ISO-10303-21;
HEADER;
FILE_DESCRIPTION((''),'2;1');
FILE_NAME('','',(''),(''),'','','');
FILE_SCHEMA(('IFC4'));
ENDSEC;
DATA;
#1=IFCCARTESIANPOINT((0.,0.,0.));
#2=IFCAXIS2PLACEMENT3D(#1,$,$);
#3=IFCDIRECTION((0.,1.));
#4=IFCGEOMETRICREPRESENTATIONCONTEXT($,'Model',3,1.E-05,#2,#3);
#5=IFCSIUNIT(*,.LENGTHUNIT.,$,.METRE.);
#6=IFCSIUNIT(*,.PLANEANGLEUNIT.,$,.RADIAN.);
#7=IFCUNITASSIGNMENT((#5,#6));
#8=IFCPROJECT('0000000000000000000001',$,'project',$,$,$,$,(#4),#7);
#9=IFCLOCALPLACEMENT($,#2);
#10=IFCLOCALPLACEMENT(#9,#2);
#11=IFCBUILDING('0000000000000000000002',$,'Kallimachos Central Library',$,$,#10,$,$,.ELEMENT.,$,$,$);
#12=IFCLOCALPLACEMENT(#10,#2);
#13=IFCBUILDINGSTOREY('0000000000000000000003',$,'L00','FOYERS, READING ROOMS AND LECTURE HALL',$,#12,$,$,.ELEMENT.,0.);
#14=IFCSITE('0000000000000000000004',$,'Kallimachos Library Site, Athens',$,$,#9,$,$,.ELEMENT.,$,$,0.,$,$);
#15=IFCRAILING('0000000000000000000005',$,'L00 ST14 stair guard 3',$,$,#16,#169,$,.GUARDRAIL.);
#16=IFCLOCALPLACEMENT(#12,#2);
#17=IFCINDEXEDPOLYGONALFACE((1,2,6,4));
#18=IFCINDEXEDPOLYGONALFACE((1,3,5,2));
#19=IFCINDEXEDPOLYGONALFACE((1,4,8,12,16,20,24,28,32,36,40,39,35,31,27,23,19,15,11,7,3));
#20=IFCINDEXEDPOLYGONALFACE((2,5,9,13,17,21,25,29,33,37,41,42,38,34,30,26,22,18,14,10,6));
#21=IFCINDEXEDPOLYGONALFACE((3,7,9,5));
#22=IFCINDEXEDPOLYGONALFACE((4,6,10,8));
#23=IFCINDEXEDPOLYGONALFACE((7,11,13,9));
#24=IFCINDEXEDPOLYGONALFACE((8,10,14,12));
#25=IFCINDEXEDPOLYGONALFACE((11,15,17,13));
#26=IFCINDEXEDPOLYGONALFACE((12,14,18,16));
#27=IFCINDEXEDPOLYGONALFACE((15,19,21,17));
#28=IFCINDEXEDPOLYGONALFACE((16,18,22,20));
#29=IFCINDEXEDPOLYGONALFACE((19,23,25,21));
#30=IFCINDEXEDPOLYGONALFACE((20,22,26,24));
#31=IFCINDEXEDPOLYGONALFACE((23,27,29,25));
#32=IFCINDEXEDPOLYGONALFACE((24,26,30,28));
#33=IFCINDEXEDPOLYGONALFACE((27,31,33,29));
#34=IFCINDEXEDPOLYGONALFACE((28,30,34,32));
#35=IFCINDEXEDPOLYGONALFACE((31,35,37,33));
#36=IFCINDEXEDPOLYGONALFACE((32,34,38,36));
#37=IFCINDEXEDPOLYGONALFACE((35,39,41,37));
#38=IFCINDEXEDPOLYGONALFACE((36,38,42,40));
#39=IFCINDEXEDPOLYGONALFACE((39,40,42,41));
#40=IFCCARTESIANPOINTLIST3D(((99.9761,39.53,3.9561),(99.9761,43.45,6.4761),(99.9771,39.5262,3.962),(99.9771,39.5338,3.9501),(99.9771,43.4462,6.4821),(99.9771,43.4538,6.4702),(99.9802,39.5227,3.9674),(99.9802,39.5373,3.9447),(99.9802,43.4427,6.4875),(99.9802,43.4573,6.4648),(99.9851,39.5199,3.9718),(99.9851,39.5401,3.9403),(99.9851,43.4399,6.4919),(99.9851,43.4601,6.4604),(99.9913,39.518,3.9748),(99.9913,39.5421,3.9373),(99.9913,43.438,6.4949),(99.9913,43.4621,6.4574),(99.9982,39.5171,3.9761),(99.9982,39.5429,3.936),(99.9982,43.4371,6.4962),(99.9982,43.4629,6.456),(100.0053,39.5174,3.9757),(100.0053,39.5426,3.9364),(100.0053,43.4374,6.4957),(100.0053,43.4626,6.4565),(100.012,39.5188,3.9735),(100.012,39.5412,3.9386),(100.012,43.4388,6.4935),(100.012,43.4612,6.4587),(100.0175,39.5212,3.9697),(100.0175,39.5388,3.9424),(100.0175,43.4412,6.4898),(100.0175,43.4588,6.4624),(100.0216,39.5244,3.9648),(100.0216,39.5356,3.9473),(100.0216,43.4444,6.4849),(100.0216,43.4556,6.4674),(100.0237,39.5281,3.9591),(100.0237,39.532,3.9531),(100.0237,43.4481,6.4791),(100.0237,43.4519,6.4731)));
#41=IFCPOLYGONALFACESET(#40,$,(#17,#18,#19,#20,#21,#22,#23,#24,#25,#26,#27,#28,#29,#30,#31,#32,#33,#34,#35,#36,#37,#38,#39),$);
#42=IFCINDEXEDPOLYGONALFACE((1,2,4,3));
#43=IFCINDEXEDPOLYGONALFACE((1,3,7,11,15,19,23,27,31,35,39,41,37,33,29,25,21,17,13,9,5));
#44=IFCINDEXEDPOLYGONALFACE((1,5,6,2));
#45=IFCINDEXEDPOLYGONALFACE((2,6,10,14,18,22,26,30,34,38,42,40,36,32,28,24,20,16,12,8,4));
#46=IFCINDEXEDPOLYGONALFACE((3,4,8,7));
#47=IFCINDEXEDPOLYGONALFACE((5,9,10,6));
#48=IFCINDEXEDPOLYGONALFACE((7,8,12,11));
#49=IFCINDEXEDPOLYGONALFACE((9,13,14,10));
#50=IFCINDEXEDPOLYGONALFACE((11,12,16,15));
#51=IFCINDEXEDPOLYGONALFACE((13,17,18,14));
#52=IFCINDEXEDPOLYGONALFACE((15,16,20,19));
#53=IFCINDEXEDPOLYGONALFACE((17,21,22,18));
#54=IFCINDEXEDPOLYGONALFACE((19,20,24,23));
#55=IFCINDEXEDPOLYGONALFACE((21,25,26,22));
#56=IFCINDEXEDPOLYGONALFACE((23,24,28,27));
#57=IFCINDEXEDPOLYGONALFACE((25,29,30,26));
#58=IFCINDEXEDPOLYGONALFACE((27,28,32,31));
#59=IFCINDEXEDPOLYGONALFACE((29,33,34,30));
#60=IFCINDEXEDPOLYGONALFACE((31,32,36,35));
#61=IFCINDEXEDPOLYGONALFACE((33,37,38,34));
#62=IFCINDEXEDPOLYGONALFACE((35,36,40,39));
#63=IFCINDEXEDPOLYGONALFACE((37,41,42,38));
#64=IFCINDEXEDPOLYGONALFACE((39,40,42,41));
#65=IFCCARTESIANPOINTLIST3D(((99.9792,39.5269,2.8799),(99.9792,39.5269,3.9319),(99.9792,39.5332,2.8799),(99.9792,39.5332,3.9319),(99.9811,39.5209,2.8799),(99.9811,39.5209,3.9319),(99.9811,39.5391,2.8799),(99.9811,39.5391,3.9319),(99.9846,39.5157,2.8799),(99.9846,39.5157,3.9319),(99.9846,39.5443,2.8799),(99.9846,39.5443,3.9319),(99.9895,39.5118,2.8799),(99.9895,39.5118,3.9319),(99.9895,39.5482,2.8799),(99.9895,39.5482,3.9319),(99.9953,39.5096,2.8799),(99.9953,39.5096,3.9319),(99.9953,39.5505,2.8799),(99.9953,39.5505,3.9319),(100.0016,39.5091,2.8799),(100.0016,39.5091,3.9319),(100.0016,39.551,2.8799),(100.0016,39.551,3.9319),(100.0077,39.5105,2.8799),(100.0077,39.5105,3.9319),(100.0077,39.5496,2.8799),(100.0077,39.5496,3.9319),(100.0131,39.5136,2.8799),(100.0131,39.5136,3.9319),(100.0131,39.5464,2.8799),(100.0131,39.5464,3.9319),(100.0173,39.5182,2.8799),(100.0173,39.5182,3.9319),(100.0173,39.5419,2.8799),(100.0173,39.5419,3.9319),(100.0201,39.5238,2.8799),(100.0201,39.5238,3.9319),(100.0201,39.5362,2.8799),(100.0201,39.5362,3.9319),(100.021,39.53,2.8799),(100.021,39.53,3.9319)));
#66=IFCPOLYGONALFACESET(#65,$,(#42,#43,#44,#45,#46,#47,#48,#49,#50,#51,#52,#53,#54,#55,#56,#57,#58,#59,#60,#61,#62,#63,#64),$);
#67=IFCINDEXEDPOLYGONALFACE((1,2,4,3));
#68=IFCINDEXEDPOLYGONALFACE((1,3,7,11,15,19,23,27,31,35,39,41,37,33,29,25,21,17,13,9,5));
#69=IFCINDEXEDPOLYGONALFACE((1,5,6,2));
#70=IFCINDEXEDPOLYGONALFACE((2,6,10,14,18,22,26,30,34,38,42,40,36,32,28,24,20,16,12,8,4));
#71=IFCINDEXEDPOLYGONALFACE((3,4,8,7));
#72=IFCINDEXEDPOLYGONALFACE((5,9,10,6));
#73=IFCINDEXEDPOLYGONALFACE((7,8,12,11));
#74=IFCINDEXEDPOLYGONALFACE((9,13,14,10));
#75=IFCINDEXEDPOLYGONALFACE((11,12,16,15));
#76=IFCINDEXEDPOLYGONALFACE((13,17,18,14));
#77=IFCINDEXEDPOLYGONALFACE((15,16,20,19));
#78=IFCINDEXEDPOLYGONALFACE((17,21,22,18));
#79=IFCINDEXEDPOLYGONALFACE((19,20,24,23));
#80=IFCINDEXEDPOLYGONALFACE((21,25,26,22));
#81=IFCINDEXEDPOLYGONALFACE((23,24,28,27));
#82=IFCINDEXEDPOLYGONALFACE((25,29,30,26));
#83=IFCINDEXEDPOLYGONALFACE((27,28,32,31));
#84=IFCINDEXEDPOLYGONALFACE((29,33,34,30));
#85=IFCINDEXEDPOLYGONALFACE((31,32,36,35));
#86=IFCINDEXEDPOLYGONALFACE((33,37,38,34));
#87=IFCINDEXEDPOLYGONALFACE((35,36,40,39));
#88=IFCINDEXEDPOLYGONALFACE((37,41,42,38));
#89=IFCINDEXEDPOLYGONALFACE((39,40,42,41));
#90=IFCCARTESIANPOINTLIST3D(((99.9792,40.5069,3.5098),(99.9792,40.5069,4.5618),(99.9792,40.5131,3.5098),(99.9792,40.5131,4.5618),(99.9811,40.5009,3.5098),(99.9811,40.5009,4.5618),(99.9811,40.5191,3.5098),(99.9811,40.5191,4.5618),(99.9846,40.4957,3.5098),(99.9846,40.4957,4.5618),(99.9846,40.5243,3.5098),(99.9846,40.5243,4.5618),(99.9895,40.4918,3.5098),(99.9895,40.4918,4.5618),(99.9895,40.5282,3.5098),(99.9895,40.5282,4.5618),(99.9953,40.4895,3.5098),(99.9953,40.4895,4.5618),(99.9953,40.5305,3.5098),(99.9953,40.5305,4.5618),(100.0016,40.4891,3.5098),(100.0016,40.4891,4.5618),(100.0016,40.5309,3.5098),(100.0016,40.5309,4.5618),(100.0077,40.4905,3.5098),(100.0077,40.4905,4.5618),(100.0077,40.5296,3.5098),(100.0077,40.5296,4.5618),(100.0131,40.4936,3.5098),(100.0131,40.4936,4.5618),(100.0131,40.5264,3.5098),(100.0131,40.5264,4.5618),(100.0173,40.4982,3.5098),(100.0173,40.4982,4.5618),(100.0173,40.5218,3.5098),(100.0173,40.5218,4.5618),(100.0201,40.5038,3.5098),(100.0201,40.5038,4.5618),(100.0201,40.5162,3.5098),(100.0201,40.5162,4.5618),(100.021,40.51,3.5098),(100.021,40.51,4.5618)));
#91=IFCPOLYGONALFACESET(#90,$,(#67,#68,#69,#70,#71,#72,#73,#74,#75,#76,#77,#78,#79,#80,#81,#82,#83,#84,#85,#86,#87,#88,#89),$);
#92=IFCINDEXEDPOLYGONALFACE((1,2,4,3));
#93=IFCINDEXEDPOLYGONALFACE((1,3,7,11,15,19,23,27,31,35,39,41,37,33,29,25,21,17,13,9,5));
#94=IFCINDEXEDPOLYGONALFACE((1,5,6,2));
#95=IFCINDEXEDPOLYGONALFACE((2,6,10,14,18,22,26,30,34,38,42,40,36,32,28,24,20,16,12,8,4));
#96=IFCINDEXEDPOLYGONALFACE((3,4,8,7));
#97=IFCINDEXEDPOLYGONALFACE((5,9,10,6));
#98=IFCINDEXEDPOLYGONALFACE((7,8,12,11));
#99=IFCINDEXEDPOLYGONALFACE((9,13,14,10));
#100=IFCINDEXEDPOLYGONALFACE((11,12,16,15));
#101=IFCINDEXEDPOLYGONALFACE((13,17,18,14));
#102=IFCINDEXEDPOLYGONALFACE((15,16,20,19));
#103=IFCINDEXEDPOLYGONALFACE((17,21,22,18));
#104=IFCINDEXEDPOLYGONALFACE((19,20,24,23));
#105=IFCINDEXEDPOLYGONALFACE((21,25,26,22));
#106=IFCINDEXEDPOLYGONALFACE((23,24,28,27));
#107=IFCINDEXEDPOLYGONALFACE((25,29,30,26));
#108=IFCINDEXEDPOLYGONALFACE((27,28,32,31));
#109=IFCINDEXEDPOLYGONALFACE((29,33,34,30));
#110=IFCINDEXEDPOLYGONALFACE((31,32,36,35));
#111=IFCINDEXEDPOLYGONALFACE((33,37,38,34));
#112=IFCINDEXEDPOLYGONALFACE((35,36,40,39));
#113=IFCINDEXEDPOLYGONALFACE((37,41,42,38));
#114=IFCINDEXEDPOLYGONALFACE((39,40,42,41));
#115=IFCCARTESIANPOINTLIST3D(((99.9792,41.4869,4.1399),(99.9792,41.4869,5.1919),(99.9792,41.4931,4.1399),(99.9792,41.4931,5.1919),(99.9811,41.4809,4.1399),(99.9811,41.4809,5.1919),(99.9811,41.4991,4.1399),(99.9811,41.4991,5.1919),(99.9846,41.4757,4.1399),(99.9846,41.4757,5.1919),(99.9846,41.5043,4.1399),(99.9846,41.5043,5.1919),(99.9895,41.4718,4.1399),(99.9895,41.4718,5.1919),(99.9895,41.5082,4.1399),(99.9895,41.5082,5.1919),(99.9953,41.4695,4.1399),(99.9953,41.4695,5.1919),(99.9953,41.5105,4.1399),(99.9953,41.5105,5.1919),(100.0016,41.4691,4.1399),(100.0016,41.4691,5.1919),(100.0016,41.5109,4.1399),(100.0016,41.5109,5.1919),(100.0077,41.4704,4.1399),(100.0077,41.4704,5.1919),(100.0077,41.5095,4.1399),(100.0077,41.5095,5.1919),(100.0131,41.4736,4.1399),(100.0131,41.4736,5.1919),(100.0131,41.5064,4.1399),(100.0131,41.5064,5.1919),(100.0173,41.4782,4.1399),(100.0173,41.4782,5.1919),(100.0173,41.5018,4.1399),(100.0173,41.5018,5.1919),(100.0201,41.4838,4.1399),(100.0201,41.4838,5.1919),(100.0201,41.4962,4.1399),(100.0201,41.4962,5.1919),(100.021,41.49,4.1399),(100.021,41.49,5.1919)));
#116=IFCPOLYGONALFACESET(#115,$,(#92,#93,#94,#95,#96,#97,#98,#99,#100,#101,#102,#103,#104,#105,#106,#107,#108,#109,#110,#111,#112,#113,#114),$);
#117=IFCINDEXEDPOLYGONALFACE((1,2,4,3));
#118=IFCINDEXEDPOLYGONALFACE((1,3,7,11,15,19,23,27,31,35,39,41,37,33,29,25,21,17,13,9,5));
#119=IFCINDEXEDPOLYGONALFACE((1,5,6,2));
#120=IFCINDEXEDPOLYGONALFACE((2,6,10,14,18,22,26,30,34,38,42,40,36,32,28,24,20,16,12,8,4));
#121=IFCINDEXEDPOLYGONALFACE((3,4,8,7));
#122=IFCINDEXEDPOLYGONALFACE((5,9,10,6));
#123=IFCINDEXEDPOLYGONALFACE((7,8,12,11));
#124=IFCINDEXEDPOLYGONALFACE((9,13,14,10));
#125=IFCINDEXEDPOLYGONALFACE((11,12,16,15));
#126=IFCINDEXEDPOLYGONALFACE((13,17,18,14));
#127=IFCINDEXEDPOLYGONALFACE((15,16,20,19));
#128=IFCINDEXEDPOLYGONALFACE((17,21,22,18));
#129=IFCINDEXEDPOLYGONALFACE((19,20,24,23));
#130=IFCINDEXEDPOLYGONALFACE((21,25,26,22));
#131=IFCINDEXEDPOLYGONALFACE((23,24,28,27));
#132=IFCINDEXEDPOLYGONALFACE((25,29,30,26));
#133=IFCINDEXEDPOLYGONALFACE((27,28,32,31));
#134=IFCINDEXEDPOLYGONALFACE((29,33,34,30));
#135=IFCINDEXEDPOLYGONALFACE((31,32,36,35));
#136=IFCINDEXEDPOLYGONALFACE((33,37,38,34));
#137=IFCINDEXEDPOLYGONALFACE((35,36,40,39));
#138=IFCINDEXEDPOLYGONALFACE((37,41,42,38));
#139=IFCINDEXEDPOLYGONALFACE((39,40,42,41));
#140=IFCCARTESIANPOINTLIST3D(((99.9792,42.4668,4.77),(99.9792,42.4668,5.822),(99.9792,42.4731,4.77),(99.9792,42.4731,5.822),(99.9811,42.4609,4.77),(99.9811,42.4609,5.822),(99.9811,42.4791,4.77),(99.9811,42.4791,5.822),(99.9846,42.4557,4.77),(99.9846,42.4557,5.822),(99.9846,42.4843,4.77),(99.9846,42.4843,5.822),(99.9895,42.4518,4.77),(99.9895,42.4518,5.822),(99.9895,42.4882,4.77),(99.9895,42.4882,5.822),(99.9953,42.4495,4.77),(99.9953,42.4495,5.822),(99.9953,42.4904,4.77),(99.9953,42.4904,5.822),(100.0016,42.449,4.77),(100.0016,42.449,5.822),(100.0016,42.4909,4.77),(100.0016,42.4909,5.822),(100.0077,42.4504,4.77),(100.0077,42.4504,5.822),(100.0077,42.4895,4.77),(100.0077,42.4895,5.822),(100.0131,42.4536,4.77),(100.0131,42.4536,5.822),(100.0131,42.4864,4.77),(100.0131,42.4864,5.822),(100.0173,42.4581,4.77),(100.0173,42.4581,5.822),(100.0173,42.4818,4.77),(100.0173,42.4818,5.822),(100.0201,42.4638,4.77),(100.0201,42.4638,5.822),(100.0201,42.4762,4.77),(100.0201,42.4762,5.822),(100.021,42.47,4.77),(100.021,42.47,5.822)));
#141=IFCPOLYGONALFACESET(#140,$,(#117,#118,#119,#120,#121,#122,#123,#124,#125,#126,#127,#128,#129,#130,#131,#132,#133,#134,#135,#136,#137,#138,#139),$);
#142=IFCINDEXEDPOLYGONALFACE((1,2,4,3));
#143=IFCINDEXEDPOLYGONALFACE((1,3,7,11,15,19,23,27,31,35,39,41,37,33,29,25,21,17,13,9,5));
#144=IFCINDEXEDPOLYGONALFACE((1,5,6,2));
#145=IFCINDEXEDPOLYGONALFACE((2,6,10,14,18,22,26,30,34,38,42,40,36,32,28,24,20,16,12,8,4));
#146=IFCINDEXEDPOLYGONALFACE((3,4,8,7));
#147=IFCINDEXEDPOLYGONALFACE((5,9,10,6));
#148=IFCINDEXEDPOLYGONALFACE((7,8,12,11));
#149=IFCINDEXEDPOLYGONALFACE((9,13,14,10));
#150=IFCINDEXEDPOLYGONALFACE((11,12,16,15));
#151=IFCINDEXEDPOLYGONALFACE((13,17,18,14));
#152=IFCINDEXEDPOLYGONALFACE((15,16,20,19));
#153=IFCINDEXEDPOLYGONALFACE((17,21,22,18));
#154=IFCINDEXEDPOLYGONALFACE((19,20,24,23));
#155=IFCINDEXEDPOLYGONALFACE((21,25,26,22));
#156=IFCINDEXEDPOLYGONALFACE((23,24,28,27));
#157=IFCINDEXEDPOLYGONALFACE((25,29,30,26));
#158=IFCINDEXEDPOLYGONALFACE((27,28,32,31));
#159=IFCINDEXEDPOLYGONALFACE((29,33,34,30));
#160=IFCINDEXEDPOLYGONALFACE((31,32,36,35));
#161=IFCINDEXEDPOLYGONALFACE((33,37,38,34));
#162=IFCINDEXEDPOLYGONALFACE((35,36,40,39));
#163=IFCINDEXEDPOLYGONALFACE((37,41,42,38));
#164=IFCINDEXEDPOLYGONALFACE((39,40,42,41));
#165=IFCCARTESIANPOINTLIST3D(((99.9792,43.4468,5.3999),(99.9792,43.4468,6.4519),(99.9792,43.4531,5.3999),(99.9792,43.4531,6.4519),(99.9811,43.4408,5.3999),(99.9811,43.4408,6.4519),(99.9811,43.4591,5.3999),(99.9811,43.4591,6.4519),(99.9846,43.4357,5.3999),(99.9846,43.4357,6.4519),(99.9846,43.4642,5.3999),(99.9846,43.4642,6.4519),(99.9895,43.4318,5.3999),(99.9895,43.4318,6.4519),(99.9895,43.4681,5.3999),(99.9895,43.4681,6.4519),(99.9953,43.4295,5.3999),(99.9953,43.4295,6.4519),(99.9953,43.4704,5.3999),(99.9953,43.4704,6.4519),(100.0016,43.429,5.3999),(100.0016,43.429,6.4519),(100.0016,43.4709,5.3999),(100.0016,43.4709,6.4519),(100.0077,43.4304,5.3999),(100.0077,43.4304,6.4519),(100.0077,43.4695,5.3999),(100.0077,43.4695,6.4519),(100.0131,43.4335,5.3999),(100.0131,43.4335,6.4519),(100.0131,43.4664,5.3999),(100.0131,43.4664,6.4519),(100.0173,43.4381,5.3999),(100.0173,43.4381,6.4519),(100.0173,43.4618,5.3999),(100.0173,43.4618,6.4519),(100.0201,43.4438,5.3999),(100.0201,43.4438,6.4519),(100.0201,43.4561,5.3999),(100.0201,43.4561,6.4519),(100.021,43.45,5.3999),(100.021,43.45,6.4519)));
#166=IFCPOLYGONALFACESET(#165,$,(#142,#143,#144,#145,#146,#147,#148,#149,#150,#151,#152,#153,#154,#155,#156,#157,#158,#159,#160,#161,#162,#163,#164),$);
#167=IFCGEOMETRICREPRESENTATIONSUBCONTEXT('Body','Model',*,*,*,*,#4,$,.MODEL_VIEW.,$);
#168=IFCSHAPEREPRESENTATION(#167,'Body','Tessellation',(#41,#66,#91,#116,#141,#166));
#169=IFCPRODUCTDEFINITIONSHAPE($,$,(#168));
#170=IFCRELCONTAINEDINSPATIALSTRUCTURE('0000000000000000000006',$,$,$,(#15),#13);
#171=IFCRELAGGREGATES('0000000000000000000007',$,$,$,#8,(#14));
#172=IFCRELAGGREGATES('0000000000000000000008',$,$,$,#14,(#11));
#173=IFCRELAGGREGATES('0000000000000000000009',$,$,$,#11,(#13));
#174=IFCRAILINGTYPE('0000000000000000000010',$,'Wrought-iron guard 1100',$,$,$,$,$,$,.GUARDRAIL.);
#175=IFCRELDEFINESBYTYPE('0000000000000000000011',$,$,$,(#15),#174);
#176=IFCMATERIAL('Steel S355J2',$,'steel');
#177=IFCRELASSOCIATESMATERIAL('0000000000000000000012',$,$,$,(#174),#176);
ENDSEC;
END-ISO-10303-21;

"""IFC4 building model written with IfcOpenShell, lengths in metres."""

from ifc_helpers import new_model, si_unit, direction, frame, origin, origin_2d, place, context, subcontext, project, spatial, circle, extrude, material, type_object, element, save


model = new_model("IFC4")

# Units and contexts
model_context = context("Model", 3, precision=1e-05, world=origin(), true_north=direction((0.0, 1.0)))
body_context = subcontext(model_context, "Body", "Model", "MODEL_VIEW")
ifc_project = project(units=[si_unit("LENGTHUNIT", "METRE"), si_unit("PLANEANGLEUNIT", "RADIAN")], contexts=[model_context])

# Site, building, storey
site_placement = place(None, origin())
site = spatial("IfcSite", under=ifc_project, at=site_placement, Name="Kallimachos Library Site, Athens", CompositionType="ELEMENT", RefElevation=0.0)
building_placement = place(site_placement, origin())
building = spatial("IfcBuilding", under=site, at=building_placement, Name="Kallimachos Central Library", CompositionType="ELEMENT")
storey_placement = place(building_placement, origin())
storey = spatial("IfcBuildingStorey", under=building, at=storey_placement, Name="L00", Description="FOYERS, READING ROOMS AND LECTURE HALL", CompositionType="ELEMENT", Elevation=0.0)

# Railing
ifc_material_1 = material(Name="Steel S355J2", Category="steel")
railing_type = type_object("IfcRailingType", Name="Wrought-iron guard 1100", PredefinedType="GUARDRAIL", material=ifc_material_1)
railing_1_placement = place(storey_placement, frame((100.0, 39.53, 2.8799)))
element("IfcRailing", 1, at=railing_1_placement, inside=storey, type_object=railing_type, Name="L00 ST14 stair guard 3", PredefinedType="GUARDRAIL", context=body_context, shape_type="SweptSolid", body=[
    extrude(circle(Radius=0.0239, at=origin_2d()), frame((0.0, 0.0, 1.0762), z_axis=(0.0, 0.841172, 0.540768), x_axis=(-1.0, 0.0, 0.0)), (0.0, 0.0, 1.0), 4.6602),
    extrude(circle(Radius=0.021, at=origin_2d()), origin(), (0.0, 0.0, 1.0), 1.052),
    extrude(circle(Radius=0.021, at=origin_2d()), frame((0.0, 0.98, 0.6299)), (0.0, 0.0, 1.0), 1.052),
    extrude(circle(Radius=0.021, at=origin_2d()), frame((0.0, 1.96, 1.26)), (0.0, 0.0, 1.0), 1.052),
    extrude(circle(Radius=0.021, at=origin_2d()), frame((0.0, 2.9399, 1.8901)), (0.0, 0.0, 1.0), 1.052),
    extrude(circle(Radius=0.021, at=origin_2d()), frame((0.0, 3.9199, 2.52)), (0.0, 0.0, 1.0), 1.052),
])

save(model, "model.ifc")
